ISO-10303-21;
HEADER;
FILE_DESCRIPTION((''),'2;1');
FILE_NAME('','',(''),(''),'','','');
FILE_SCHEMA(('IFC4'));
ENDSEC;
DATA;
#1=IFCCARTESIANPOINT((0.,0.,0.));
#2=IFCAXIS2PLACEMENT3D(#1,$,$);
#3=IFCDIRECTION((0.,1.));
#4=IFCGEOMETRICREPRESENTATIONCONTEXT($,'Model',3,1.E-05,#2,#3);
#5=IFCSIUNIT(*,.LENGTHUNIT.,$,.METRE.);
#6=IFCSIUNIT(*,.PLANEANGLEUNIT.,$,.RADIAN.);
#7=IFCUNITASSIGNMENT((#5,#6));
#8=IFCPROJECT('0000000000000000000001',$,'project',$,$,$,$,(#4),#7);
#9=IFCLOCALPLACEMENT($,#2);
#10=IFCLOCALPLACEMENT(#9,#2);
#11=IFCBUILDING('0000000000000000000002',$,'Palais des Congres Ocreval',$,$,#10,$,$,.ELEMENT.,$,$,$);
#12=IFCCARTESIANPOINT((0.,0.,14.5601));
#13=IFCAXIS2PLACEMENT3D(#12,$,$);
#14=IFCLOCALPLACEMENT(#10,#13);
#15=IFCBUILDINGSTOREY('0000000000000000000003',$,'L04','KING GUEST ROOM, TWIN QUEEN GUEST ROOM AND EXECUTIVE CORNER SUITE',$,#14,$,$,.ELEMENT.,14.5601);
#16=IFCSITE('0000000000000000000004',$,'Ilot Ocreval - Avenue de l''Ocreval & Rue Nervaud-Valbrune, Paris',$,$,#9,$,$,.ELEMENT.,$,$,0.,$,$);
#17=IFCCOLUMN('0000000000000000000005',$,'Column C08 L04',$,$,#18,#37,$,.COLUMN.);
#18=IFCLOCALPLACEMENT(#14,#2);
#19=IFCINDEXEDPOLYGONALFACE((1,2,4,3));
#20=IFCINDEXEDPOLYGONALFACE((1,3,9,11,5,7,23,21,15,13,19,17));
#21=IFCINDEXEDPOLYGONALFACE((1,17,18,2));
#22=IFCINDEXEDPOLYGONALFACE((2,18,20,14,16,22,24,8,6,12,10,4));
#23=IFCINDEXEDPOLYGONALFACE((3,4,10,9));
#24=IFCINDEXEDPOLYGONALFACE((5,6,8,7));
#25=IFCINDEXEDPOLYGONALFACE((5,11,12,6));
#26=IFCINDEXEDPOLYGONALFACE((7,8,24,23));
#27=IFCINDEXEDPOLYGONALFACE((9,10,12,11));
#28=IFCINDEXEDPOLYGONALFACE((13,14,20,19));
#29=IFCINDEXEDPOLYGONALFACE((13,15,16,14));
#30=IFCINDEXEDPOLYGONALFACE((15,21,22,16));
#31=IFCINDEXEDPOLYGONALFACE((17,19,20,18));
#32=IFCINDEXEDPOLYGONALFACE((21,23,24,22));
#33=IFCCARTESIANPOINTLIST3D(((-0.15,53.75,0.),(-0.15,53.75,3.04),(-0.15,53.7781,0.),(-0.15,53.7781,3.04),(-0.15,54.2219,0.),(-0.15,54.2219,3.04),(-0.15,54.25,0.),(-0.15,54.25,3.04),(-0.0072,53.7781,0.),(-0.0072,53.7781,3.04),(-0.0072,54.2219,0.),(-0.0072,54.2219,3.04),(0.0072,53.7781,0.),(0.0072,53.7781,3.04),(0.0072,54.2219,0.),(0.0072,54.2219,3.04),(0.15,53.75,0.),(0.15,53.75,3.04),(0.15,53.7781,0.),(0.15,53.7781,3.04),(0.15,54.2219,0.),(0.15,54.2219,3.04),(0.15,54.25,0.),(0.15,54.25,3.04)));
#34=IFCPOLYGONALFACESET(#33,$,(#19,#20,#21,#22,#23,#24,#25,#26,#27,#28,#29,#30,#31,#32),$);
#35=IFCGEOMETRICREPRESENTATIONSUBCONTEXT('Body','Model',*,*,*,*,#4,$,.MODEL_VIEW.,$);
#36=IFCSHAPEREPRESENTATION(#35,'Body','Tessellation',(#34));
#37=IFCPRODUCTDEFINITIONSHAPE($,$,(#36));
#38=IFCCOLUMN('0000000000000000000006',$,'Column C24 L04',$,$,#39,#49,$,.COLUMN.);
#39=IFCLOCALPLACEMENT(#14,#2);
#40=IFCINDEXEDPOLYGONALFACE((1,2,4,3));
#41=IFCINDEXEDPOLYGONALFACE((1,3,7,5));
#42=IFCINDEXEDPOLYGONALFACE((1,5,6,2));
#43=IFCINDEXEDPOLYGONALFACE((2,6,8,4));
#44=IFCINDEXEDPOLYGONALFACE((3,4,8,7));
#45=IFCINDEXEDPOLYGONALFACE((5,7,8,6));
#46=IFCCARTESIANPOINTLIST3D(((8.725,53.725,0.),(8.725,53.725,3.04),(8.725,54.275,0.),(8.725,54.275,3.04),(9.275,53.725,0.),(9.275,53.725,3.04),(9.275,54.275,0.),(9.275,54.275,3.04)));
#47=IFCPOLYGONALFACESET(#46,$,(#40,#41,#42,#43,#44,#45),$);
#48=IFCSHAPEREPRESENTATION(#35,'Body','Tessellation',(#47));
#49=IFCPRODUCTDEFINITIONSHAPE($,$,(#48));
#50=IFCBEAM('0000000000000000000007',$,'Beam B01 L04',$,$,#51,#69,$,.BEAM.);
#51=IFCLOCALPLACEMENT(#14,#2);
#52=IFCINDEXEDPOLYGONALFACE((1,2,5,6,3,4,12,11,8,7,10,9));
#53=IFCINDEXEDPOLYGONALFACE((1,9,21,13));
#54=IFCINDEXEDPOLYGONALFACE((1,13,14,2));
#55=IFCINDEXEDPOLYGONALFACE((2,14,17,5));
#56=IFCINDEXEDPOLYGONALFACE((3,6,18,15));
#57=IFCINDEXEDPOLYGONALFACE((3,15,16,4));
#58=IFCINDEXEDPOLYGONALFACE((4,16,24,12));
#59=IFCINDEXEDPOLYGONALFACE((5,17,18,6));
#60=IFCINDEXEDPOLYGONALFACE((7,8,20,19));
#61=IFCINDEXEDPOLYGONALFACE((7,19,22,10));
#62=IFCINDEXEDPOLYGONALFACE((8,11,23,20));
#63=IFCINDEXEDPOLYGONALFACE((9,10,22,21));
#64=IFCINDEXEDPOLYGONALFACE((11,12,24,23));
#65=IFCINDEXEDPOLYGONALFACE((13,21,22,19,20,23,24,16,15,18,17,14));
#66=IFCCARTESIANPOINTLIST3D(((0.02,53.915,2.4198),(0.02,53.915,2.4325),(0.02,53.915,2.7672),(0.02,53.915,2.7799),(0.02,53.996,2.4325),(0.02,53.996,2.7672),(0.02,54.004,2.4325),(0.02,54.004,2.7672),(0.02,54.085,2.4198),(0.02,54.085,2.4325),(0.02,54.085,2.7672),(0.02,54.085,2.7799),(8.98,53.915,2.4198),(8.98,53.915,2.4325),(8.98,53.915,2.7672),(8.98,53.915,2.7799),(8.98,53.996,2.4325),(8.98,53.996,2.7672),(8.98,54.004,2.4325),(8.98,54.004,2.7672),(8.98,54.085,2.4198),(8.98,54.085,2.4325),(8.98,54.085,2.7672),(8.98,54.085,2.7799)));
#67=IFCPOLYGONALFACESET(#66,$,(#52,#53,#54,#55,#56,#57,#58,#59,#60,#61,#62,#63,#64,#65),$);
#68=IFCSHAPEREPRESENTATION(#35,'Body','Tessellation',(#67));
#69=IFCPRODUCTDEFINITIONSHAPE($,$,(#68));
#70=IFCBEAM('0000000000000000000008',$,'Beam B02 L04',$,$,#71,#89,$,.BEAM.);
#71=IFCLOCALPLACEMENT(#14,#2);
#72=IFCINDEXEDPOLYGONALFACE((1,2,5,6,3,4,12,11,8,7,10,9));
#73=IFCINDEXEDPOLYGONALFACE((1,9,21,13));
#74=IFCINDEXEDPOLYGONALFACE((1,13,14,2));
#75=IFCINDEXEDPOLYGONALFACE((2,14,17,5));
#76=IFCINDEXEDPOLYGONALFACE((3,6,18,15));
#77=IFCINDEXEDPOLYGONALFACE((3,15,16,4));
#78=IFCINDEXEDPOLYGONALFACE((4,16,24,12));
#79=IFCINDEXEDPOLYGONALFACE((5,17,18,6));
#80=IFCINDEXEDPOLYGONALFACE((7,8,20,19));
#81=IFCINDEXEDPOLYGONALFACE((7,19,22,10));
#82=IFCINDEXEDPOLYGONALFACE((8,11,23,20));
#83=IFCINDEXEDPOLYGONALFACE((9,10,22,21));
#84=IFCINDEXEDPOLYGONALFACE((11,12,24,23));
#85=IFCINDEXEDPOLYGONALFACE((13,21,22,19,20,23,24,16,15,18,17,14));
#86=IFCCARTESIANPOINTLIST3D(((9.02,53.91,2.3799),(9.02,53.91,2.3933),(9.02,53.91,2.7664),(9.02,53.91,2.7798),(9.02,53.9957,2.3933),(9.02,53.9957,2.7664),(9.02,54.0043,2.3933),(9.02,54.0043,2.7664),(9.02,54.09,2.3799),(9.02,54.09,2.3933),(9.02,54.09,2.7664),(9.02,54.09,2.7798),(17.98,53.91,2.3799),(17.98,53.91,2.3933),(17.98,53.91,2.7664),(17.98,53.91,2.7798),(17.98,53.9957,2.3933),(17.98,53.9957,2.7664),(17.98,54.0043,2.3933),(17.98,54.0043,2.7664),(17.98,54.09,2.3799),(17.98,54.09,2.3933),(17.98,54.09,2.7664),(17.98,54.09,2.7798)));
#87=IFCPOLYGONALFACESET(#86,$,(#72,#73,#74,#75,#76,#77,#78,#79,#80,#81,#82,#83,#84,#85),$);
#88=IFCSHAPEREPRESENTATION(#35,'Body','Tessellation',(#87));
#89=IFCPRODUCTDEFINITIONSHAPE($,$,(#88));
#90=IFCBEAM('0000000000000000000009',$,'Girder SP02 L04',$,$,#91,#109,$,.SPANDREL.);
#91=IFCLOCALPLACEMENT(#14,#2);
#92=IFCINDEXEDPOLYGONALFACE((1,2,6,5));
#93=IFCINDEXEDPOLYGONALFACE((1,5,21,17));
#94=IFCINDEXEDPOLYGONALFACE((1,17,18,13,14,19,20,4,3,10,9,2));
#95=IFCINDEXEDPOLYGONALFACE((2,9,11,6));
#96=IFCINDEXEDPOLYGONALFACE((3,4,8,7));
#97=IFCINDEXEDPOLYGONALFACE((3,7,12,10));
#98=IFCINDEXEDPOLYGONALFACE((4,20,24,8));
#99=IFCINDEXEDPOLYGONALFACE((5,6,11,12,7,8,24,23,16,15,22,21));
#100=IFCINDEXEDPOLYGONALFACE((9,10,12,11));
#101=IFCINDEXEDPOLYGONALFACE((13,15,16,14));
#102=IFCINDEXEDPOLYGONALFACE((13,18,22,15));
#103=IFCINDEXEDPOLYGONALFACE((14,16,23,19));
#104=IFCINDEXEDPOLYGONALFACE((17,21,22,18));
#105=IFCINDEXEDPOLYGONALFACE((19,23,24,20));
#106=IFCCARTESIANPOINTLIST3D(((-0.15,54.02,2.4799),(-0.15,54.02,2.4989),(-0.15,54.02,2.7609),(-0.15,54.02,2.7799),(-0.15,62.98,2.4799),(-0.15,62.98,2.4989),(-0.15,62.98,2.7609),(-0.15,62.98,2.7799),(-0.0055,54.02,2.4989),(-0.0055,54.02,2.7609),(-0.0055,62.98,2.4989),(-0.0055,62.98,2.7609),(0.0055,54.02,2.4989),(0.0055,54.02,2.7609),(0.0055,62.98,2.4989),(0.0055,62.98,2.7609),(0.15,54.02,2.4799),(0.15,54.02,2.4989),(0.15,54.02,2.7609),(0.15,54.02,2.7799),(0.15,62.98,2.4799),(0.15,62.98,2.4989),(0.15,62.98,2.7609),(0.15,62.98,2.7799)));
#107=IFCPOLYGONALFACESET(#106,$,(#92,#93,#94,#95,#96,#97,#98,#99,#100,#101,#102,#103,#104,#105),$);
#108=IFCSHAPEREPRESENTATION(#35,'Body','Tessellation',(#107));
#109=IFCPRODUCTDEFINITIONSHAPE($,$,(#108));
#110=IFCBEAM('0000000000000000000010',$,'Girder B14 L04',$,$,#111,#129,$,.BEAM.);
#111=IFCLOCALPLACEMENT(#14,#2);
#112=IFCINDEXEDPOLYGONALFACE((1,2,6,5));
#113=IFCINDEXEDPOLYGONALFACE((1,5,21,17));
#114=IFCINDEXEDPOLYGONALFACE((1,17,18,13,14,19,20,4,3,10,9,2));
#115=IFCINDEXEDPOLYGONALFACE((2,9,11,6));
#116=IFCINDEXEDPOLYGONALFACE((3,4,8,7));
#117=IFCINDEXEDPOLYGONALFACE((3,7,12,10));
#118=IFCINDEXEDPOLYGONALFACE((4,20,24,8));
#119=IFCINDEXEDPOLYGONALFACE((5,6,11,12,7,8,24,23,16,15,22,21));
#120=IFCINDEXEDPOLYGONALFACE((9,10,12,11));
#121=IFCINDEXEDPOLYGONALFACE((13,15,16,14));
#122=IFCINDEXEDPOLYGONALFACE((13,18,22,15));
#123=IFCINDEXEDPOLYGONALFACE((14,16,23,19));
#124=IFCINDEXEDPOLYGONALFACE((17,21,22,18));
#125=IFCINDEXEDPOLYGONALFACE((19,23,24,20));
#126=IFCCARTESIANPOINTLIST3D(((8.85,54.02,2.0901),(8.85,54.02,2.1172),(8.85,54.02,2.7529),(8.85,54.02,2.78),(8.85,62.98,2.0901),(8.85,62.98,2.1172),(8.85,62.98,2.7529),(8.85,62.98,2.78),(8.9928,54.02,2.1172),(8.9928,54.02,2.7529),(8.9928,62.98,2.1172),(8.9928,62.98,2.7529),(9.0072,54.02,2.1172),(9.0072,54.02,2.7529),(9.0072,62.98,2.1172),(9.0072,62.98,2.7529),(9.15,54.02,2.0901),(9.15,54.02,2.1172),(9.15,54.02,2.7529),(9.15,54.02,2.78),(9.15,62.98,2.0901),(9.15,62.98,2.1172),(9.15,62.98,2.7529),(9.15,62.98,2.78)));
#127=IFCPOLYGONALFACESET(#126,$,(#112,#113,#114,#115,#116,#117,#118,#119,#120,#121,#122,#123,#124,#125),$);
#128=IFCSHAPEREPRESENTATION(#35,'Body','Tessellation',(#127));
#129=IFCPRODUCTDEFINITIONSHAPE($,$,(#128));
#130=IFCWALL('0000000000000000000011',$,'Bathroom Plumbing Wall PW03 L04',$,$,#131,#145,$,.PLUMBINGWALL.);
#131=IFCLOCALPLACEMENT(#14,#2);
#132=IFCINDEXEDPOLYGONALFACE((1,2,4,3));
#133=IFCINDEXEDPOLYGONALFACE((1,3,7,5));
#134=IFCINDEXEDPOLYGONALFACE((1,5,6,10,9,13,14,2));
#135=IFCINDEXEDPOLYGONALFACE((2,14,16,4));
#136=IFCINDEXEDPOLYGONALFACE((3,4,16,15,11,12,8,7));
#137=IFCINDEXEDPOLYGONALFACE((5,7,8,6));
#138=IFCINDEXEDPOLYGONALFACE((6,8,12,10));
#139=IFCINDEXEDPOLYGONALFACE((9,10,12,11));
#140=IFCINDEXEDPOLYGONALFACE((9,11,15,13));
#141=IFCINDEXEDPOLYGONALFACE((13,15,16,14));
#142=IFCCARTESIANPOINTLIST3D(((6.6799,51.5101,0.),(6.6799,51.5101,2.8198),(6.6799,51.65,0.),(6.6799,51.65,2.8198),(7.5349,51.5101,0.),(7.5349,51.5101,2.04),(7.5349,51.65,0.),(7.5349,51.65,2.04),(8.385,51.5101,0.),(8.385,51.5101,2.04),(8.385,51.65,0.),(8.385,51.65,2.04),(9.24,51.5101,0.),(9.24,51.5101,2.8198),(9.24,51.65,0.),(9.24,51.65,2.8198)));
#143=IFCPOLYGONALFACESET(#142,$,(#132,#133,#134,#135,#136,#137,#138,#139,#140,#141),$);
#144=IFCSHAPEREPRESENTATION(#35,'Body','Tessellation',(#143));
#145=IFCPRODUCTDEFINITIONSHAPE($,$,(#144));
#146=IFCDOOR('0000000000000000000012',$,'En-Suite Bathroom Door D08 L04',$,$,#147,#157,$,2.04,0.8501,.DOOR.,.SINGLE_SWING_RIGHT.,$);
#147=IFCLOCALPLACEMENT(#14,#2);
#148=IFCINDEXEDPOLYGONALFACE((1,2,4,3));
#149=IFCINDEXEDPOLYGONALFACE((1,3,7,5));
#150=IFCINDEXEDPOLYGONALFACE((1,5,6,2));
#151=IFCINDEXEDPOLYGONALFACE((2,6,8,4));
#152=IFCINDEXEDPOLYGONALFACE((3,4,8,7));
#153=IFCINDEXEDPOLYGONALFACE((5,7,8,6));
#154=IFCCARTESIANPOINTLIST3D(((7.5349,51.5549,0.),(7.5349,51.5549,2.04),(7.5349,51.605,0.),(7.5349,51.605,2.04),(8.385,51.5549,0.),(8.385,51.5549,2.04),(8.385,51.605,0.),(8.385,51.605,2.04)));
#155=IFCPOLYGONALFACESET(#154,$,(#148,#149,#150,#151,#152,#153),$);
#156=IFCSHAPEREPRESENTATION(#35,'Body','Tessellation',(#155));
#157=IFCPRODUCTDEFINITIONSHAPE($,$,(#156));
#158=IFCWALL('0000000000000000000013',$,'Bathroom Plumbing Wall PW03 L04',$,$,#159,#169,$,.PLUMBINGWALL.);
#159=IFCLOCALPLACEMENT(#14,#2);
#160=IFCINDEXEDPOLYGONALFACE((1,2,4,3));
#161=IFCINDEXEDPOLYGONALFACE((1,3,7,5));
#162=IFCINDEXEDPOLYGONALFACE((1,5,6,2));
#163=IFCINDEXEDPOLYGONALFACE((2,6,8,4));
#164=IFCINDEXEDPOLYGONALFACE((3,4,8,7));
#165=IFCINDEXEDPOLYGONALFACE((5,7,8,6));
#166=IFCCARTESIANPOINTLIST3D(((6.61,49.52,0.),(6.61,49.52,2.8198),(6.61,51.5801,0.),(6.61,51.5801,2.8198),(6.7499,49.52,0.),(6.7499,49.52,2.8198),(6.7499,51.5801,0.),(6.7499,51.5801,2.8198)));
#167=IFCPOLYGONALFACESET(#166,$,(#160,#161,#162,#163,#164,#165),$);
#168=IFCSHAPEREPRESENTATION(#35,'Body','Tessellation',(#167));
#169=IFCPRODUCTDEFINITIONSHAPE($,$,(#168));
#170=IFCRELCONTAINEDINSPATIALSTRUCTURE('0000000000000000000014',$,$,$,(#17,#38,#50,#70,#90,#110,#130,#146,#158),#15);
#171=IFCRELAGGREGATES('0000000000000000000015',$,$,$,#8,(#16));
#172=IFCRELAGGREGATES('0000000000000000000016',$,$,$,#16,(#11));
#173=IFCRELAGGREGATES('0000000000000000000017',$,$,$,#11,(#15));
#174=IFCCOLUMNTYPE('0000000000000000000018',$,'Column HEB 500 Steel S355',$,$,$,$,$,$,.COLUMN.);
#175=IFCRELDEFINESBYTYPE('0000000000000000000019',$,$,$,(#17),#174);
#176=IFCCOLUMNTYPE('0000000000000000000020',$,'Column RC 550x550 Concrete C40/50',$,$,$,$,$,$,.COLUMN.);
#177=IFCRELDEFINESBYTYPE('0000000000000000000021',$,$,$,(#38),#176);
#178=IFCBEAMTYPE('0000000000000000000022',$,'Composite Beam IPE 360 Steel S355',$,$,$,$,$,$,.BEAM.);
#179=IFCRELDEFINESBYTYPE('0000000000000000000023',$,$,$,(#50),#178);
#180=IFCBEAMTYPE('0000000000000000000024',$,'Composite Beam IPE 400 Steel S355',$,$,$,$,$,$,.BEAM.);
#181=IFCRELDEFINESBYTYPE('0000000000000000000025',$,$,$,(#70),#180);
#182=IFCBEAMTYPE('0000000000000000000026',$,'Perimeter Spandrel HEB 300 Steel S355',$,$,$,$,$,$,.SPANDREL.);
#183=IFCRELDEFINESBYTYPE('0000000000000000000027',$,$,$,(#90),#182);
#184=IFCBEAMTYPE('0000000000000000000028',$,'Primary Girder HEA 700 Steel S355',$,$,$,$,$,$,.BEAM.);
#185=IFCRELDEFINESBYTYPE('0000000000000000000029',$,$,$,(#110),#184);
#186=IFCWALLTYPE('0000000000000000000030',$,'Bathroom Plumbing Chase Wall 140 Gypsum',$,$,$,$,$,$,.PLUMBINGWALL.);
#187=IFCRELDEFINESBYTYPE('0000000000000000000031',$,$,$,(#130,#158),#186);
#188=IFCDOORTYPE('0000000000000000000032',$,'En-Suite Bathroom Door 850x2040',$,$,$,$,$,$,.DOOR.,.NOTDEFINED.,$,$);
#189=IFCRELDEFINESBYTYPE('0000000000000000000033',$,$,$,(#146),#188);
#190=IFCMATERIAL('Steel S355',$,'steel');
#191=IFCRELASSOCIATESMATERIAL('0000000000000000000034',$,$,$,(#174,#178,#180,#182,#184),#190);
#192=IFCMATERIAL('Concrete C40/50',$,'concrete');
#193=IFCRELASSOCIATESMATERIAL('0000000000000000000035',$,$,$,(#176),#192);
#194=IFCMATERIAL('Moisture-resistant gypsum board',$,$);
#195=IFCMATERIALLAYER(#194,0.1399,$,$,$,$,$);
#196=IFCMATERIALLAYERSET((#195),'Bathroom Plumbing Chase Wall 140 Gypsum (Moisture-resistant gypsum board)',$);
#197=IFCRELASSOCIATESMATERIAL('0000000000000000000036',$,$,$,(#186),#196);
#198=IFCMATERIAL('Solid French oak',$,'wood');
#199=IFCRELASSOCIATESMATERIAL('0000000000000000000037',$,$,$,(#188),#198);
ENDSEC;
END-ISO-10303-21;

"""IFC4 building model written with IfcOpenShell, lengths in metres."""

from ifc_helpers import new_model, si_unit, direction, frame, frame_2d, origin, origin_2d, place, context, subcontext, project, spatial, rectangle, i_section, extrude, material, layer, layer_set, material_profile, profile_set, type_object, element, fill, save


model = new_model("IFC4")

# Units and contexts
model_context = context("Model", 3, precision=1e-05, world=origin(), true_north=direction((0.0, 1.0)))
body_context = subcontext(model_context, "Body", "Model", "MODEL_VIEW")
ifc_project = project(units=[si_unit("LENGTHUNIT", "METRE"), si_unit("PLANEANGLEUNIT", "RADIAN")], contexts=[model_context])

# Site, building, storey
site_placement = place(None, origin())
site = spatial("IfcSite", under=ifc_project, at=site_placement, Name="Ilot Ocreval - Avenue de l'Ocreval & Rue Nervaud-Valbrune, Paris", CompositionType="ELEMENT", RefElevation=0.0)
building_placement = place(site_placement, origin())
building = spatial("IfcBuilding", under=site, at=building_placement, Name="Palais des Congres Ocreval", CompositionType="ELEMENT")
storey_placement = place(building_placement, frame((0.0, 0.0, 14.5601)))
storey = spatial("IfcBuildingStorey", under=building, at=storey_placement, Name="L04", Description="KING GUEST ROOM, TWIN QUEEN GUEST ROOM AND EXECUTIVE CORNER SUITE", CompositionType="ELEMENT", Elevation=14.5601)

# Columns
ifc_material_1 = material(Name="Steel S355", Category="steel")
ifc_material_profile_1 = material_profile(ifc_material_1, i_section(OverallWidth=0.3, OverallDepth=0.5, WebThickness=0.0144, FlangeThickness=0.0281, at=origin_2d()), Name="HEB 500")
ifc_profile_set_1 = profile_set([ifc_material_profile_1], Name="Steel S355")
column_type_1 = type_object("IfcColumnType", Name="Column HEB 500 Steel S355", PredefinedType="COLUMN", material=ifc_profile_set_1)
column_1_placement = place(storey_placement, frame((0.0, 54.0, 0.0), z_axis=(0.0, 0.0, 1.0), x_axis=(1.0, 0.0, 0.0)))
element("IfcColumn", 1, at=column_1_placement, inside=storey, type_object=column_type_1, Name="Column C08 L04", PredefinedType="COLUMN", context=body_context, shape_type="SweptSolid", body=[
    extrude(i_section(OverallWidth=0.3, OverallDepth=0.5, WebThickness=0.0144, FlangeThickness=0.0281, at=origin_2d()), origin(), (0.0, 0.0, 1.0), 3.04),
])
ifc_material_2 = material(Name="Concrete C40/50", Category="concrete")
ifc_material_profile_2 = material_profile(ifc_material_2, rectangle(XDim=0.55, YDim=0.55, at=origin_2d()), Name="RC 550x550")
ifc_profile_set_2 = profile_set([ifc_material_profile_2], Name="Concrete C40/50")
column_type_2 = type_object("IfcColumnType", Name="Column RC 550x550 Concrete C40/50", PredefinedType="COLUMN", material=ifc_profile_set_2)
column_2_placement = place(storey_placement, frame((9.0, 54.0, 0.0), z_axis=(0.0, 0.0, 1.0), x_axis=(1.0, 0.0, 0.0)))
element("IfcColumn", 2, at=column_2_placement, inside=storey, type_object=column_type_2, Name="Column C24 L04", PredefinedType="COLUMN", context=body_context, shape_type="SweptSolid", body=[
    extrude(rectangle(XDim=0.55, YDim=0.55, at=origin_2d()), origin(), (0.0, 0.0, 1.0), 3.04),
])

# Beams
ifc_material_profile_3 = material_profile(ifc_material_1, i_section(OverallWidth=0.1699, OverallDepth=0.3601, WebThickness=0.0081, FlangeThickness=0.0127, at=origin_2d()), Name="IPE 360")
ifc_profile_set_3 = profile_set([ifc_material_profile_3], Name="Steel S355")
beam_type_1 = type_object("IfcBeamType", Name="Composite Beam IPE 360 Steel S355", PredefinedType="BEAM", material=ifc_profile_set_3)
beam_1_placement = place(storey_placement, frame((0.02, 54.0, 2.5999), z_axis=(1.0, 0.0, 0.0), x_axis=(0.0, 1.0, 0.0)))
element("IfcBeam", 3, at=beam_1_placement, inside=storey, type_object=beam_type_1, Name="Beam B01 L04", PredefinedType="BEAM", context=body_context, shape_type="SweptSolid", body=[
    extrude(i_section(OverallWidth=0.1699, OverallDepth=0.3601, WebThickness=0.0081, FlangeThickness=0.0127, at=origin_2d()), origin(), (0.0, 0.0, 1.0), 8.96),
])
ifc_material_profile_4 = material_profile(ifc_material_1, i_section(OverallWidth=0.1799, OverallDepth=0.3999, WebThickness=0.0085, FlangeThickness=0.0134, at=origin_2d()), Name="IPE 400")
ifc_profile_set_4 = profile_set([ifc_material_profile_4], Name="Steel S355")
beam_type_2 = type_object("IfcBeamType", Name="Composite Beam IPE 400 Steel S355", PredefinedType="BEAM", material=ifc_profile_set_4)
beam_2_placement = place(storey_placement, frame((9.02, 54.0, 2.5798), z_axis=(1.0, 0.0, 0.0), x_axis=(0.0, 1.0, 0.0)))
element("IfcBeam", 4, at=beam_2_placement, inside=storey, type_object=beam_type_2, Name="Beam B02 L04", PredefinedType="BEAM", context=body_context, shape_type="SweptSolid", body=[
    extrude(i_section(OverallWidth=0.1799, OverallDepth=0.3999, WebThickness=0.0085, FlangeThickness=0.0134, at=origin_2d()), origin(), (0.0, 0.0, 1.0), 8.96),
])
ifc_material_profile_5 = material_profile(ifc_material_1, i_section(OverallWidth=0.3, OverallDepth=0.3, WebThickness=0.011, FlangeThickness=0.019, at=origin_2d()), Name="HEB 300")
ifc_profile_set_5 = profile_set([ifc_material_profile_5], Name="Steel S355")
beam_type_3 = type_object("IfcBeamType", Name="Perimeter Spandrel HEB 300 Steel S355", PredefinedType="SPANDREL", material=ifc_profile_set_5)
beam_3_placement = place(storey_placement, frame((0.0, 54.02, 2.6299), z_axis=(0.0, 1.0, 0.0), x_axis=(-1.0, 0.0, 0.0)))
element("IfcBeam", 5, at=beam_3_placement, inside=storey, type_object=beam_type_3, Name="Girder SP02 L04", PredefinedType="SPANDREL", context=body_context, shape_type="SweptSolid", body=[
    extrude(i_section(OverallWidth=0.3, OverallDepth=0.3, WebThickness=0.011, FlangeThickness=0.019, at=origin_2d()), origin(), (0.0, 0.0, 1.0), 8.96),
])
ifc_material_profile_6 = material_profile(ifc_material_1, i_section(OverallWidth=0.3, OverallDepth=0.6899, WebThickness=0.0144, FlangeThickness=0.0271, at=origin_2d()), Name="HEA 700")
ifc_profile_set_6 = profile_set([ifc_material_profile_6], Name="Steel S355")
beam_type_4 = type_object("IfcBeamType", Name="Primary Girder HEA 700 Steel S355", PredefinedType="BEAM", material=ifc_profile_set_6)
beam_4_placement = place(storey_placement, frame((9.0, 54.02, 2.4351), z_axis=(0.0, 1.0, 0.0), x_axis=(-1.0, 0.0, 0.0)))
element("IfcBeam", 6, at=beam_4_placement, inside=storey, type_object=beam_type_4, Name="Girder B14 L04", PredefinedType="BEAM", context=body_context, shape_type="SweptSolid", body=[
    extrude(i_section(OverallWidth=0.3, OverallDepth=0.6899, WebThickness=0.0144, FlangeThickness=0.0271, at=origin_2d()), origin(), (0.0, 0.0, 1.0), 8.96),
])

# Wall, opening, door
ifc_material_3 = material(Name="Moisture-resistant gypsum board")
ifc_layer_1 = layer(ifc_material_3, 0.1399)
ifc_layer_set_1 = layer_set([ifc_layer_1], Name="Bathroom Plumbing Chase Wall 140 Gypsum (Moisture-resistant gypsum board)")
wall_type_1 = type_object("IfcWallType", Name="Bathroom Plumbing Chase Wall 140 Gypsum", PredefinedType="PLUMBINGWALL", material=ifc_layer_set_1)
wall_1_placement = place(storey_placement, frame((6.6799, 51.5801, 0.0), z_axis=(0.0, 0.0, 1.0), x_axis=(1.0, 0.0, 0.0)))
wall_1 = element("IfcWall", 7, at=wall_1_placement, inside=storey, type_object=wall_type_1, Name="Bathroom Plumbing Wall PW03 L04", PredefinedType="PLUMBINGWALL", context=body_context, shape_type="SweptSolid", body=[
    extrude(rectangle(XDim=2.5601, YDim=0.1399, at=frame_2d((1.28, 0.0))), origin(), (0.0, 0.0, 1.0), 2.8198),
])
opening_1_placement = place(wall_1_placement, frame((0.855, 0.0, 0.0)))
opening_1 = element("IfcOpeningElement", 8, at=opening_1_placement, cuts=wall_1, PredefinedType="OPENING", context=body_context, shape_type="SweptSolid", body=[
    extrude(rectangle(XDim=0.8501, YDim=2.04, at=frame_2d((0.425, 1.02))), frame((0.0, 0.0798, 0.0), z_axis=(0.0, -1.0, 0.0), x_axis=(1.0, 0.0, 0.0)), (0.0, 0.0, 1.0), 0.1599),
])
ifc_material_4 = material(Name="Solid French oak", Category="wood")
door_type_1 = type_object("IfcDoorType", Name="En-Suite Bathroom Door 850x2040", OperationType="NOTDEFINED", PredefinedType="DOOR", material=ifc_material_4)
door_1_placement = place(opening_1_placement, origin())
door_1 = element("IfcDoor", 9, at=door_1_placement, inside=storey, type_object=door_type_1, Name="En-Suite Bathroom Door D08 L04", OperationType="SINGLE_SWING_RIGHT", OverallHeight=2.04, OverallWidth=0.8501, PredefinedType="DOOR", context=body_context, shape_type="SweptSolid", body=[
    extrude(rectangle(XDim=0.8501, YDim=2.04, at=frame_2d((0.425, 1.02))), frame((0.0, 0.0249, 0.0), z_axis=(0.0, -1.0, 0.0), x_axis=(1.0, 0.0, 0.0)), (0.0, 0.0, 1.0), 0.05),
])
fill(opening_1, door_1)

# Wall
wall_2_placement = place(storey_placement, frame((6.6799, 49.52, 0.0), z_axis=(0.0, 0.0, 1.0), x_axis=(0.0, 1.0, 0.0)))
element("IfcWall", 10, at=wall_2_placement, inside=storey, type_object=wall_type_1, Name="Bathroom Plumbing Wall PW03 L04", PredefinedType="PLUMBINGWALL", context=body_context, shape_type="SweptSolid", body=[
    extrude(rectangle(XDim=2.0601, YDim=0.1399, at=frame_2d((1.03, 0.0))), origin(), (0.0, 0.0, 1.0), 2.8198),
])

save(model, "model.ifc")
